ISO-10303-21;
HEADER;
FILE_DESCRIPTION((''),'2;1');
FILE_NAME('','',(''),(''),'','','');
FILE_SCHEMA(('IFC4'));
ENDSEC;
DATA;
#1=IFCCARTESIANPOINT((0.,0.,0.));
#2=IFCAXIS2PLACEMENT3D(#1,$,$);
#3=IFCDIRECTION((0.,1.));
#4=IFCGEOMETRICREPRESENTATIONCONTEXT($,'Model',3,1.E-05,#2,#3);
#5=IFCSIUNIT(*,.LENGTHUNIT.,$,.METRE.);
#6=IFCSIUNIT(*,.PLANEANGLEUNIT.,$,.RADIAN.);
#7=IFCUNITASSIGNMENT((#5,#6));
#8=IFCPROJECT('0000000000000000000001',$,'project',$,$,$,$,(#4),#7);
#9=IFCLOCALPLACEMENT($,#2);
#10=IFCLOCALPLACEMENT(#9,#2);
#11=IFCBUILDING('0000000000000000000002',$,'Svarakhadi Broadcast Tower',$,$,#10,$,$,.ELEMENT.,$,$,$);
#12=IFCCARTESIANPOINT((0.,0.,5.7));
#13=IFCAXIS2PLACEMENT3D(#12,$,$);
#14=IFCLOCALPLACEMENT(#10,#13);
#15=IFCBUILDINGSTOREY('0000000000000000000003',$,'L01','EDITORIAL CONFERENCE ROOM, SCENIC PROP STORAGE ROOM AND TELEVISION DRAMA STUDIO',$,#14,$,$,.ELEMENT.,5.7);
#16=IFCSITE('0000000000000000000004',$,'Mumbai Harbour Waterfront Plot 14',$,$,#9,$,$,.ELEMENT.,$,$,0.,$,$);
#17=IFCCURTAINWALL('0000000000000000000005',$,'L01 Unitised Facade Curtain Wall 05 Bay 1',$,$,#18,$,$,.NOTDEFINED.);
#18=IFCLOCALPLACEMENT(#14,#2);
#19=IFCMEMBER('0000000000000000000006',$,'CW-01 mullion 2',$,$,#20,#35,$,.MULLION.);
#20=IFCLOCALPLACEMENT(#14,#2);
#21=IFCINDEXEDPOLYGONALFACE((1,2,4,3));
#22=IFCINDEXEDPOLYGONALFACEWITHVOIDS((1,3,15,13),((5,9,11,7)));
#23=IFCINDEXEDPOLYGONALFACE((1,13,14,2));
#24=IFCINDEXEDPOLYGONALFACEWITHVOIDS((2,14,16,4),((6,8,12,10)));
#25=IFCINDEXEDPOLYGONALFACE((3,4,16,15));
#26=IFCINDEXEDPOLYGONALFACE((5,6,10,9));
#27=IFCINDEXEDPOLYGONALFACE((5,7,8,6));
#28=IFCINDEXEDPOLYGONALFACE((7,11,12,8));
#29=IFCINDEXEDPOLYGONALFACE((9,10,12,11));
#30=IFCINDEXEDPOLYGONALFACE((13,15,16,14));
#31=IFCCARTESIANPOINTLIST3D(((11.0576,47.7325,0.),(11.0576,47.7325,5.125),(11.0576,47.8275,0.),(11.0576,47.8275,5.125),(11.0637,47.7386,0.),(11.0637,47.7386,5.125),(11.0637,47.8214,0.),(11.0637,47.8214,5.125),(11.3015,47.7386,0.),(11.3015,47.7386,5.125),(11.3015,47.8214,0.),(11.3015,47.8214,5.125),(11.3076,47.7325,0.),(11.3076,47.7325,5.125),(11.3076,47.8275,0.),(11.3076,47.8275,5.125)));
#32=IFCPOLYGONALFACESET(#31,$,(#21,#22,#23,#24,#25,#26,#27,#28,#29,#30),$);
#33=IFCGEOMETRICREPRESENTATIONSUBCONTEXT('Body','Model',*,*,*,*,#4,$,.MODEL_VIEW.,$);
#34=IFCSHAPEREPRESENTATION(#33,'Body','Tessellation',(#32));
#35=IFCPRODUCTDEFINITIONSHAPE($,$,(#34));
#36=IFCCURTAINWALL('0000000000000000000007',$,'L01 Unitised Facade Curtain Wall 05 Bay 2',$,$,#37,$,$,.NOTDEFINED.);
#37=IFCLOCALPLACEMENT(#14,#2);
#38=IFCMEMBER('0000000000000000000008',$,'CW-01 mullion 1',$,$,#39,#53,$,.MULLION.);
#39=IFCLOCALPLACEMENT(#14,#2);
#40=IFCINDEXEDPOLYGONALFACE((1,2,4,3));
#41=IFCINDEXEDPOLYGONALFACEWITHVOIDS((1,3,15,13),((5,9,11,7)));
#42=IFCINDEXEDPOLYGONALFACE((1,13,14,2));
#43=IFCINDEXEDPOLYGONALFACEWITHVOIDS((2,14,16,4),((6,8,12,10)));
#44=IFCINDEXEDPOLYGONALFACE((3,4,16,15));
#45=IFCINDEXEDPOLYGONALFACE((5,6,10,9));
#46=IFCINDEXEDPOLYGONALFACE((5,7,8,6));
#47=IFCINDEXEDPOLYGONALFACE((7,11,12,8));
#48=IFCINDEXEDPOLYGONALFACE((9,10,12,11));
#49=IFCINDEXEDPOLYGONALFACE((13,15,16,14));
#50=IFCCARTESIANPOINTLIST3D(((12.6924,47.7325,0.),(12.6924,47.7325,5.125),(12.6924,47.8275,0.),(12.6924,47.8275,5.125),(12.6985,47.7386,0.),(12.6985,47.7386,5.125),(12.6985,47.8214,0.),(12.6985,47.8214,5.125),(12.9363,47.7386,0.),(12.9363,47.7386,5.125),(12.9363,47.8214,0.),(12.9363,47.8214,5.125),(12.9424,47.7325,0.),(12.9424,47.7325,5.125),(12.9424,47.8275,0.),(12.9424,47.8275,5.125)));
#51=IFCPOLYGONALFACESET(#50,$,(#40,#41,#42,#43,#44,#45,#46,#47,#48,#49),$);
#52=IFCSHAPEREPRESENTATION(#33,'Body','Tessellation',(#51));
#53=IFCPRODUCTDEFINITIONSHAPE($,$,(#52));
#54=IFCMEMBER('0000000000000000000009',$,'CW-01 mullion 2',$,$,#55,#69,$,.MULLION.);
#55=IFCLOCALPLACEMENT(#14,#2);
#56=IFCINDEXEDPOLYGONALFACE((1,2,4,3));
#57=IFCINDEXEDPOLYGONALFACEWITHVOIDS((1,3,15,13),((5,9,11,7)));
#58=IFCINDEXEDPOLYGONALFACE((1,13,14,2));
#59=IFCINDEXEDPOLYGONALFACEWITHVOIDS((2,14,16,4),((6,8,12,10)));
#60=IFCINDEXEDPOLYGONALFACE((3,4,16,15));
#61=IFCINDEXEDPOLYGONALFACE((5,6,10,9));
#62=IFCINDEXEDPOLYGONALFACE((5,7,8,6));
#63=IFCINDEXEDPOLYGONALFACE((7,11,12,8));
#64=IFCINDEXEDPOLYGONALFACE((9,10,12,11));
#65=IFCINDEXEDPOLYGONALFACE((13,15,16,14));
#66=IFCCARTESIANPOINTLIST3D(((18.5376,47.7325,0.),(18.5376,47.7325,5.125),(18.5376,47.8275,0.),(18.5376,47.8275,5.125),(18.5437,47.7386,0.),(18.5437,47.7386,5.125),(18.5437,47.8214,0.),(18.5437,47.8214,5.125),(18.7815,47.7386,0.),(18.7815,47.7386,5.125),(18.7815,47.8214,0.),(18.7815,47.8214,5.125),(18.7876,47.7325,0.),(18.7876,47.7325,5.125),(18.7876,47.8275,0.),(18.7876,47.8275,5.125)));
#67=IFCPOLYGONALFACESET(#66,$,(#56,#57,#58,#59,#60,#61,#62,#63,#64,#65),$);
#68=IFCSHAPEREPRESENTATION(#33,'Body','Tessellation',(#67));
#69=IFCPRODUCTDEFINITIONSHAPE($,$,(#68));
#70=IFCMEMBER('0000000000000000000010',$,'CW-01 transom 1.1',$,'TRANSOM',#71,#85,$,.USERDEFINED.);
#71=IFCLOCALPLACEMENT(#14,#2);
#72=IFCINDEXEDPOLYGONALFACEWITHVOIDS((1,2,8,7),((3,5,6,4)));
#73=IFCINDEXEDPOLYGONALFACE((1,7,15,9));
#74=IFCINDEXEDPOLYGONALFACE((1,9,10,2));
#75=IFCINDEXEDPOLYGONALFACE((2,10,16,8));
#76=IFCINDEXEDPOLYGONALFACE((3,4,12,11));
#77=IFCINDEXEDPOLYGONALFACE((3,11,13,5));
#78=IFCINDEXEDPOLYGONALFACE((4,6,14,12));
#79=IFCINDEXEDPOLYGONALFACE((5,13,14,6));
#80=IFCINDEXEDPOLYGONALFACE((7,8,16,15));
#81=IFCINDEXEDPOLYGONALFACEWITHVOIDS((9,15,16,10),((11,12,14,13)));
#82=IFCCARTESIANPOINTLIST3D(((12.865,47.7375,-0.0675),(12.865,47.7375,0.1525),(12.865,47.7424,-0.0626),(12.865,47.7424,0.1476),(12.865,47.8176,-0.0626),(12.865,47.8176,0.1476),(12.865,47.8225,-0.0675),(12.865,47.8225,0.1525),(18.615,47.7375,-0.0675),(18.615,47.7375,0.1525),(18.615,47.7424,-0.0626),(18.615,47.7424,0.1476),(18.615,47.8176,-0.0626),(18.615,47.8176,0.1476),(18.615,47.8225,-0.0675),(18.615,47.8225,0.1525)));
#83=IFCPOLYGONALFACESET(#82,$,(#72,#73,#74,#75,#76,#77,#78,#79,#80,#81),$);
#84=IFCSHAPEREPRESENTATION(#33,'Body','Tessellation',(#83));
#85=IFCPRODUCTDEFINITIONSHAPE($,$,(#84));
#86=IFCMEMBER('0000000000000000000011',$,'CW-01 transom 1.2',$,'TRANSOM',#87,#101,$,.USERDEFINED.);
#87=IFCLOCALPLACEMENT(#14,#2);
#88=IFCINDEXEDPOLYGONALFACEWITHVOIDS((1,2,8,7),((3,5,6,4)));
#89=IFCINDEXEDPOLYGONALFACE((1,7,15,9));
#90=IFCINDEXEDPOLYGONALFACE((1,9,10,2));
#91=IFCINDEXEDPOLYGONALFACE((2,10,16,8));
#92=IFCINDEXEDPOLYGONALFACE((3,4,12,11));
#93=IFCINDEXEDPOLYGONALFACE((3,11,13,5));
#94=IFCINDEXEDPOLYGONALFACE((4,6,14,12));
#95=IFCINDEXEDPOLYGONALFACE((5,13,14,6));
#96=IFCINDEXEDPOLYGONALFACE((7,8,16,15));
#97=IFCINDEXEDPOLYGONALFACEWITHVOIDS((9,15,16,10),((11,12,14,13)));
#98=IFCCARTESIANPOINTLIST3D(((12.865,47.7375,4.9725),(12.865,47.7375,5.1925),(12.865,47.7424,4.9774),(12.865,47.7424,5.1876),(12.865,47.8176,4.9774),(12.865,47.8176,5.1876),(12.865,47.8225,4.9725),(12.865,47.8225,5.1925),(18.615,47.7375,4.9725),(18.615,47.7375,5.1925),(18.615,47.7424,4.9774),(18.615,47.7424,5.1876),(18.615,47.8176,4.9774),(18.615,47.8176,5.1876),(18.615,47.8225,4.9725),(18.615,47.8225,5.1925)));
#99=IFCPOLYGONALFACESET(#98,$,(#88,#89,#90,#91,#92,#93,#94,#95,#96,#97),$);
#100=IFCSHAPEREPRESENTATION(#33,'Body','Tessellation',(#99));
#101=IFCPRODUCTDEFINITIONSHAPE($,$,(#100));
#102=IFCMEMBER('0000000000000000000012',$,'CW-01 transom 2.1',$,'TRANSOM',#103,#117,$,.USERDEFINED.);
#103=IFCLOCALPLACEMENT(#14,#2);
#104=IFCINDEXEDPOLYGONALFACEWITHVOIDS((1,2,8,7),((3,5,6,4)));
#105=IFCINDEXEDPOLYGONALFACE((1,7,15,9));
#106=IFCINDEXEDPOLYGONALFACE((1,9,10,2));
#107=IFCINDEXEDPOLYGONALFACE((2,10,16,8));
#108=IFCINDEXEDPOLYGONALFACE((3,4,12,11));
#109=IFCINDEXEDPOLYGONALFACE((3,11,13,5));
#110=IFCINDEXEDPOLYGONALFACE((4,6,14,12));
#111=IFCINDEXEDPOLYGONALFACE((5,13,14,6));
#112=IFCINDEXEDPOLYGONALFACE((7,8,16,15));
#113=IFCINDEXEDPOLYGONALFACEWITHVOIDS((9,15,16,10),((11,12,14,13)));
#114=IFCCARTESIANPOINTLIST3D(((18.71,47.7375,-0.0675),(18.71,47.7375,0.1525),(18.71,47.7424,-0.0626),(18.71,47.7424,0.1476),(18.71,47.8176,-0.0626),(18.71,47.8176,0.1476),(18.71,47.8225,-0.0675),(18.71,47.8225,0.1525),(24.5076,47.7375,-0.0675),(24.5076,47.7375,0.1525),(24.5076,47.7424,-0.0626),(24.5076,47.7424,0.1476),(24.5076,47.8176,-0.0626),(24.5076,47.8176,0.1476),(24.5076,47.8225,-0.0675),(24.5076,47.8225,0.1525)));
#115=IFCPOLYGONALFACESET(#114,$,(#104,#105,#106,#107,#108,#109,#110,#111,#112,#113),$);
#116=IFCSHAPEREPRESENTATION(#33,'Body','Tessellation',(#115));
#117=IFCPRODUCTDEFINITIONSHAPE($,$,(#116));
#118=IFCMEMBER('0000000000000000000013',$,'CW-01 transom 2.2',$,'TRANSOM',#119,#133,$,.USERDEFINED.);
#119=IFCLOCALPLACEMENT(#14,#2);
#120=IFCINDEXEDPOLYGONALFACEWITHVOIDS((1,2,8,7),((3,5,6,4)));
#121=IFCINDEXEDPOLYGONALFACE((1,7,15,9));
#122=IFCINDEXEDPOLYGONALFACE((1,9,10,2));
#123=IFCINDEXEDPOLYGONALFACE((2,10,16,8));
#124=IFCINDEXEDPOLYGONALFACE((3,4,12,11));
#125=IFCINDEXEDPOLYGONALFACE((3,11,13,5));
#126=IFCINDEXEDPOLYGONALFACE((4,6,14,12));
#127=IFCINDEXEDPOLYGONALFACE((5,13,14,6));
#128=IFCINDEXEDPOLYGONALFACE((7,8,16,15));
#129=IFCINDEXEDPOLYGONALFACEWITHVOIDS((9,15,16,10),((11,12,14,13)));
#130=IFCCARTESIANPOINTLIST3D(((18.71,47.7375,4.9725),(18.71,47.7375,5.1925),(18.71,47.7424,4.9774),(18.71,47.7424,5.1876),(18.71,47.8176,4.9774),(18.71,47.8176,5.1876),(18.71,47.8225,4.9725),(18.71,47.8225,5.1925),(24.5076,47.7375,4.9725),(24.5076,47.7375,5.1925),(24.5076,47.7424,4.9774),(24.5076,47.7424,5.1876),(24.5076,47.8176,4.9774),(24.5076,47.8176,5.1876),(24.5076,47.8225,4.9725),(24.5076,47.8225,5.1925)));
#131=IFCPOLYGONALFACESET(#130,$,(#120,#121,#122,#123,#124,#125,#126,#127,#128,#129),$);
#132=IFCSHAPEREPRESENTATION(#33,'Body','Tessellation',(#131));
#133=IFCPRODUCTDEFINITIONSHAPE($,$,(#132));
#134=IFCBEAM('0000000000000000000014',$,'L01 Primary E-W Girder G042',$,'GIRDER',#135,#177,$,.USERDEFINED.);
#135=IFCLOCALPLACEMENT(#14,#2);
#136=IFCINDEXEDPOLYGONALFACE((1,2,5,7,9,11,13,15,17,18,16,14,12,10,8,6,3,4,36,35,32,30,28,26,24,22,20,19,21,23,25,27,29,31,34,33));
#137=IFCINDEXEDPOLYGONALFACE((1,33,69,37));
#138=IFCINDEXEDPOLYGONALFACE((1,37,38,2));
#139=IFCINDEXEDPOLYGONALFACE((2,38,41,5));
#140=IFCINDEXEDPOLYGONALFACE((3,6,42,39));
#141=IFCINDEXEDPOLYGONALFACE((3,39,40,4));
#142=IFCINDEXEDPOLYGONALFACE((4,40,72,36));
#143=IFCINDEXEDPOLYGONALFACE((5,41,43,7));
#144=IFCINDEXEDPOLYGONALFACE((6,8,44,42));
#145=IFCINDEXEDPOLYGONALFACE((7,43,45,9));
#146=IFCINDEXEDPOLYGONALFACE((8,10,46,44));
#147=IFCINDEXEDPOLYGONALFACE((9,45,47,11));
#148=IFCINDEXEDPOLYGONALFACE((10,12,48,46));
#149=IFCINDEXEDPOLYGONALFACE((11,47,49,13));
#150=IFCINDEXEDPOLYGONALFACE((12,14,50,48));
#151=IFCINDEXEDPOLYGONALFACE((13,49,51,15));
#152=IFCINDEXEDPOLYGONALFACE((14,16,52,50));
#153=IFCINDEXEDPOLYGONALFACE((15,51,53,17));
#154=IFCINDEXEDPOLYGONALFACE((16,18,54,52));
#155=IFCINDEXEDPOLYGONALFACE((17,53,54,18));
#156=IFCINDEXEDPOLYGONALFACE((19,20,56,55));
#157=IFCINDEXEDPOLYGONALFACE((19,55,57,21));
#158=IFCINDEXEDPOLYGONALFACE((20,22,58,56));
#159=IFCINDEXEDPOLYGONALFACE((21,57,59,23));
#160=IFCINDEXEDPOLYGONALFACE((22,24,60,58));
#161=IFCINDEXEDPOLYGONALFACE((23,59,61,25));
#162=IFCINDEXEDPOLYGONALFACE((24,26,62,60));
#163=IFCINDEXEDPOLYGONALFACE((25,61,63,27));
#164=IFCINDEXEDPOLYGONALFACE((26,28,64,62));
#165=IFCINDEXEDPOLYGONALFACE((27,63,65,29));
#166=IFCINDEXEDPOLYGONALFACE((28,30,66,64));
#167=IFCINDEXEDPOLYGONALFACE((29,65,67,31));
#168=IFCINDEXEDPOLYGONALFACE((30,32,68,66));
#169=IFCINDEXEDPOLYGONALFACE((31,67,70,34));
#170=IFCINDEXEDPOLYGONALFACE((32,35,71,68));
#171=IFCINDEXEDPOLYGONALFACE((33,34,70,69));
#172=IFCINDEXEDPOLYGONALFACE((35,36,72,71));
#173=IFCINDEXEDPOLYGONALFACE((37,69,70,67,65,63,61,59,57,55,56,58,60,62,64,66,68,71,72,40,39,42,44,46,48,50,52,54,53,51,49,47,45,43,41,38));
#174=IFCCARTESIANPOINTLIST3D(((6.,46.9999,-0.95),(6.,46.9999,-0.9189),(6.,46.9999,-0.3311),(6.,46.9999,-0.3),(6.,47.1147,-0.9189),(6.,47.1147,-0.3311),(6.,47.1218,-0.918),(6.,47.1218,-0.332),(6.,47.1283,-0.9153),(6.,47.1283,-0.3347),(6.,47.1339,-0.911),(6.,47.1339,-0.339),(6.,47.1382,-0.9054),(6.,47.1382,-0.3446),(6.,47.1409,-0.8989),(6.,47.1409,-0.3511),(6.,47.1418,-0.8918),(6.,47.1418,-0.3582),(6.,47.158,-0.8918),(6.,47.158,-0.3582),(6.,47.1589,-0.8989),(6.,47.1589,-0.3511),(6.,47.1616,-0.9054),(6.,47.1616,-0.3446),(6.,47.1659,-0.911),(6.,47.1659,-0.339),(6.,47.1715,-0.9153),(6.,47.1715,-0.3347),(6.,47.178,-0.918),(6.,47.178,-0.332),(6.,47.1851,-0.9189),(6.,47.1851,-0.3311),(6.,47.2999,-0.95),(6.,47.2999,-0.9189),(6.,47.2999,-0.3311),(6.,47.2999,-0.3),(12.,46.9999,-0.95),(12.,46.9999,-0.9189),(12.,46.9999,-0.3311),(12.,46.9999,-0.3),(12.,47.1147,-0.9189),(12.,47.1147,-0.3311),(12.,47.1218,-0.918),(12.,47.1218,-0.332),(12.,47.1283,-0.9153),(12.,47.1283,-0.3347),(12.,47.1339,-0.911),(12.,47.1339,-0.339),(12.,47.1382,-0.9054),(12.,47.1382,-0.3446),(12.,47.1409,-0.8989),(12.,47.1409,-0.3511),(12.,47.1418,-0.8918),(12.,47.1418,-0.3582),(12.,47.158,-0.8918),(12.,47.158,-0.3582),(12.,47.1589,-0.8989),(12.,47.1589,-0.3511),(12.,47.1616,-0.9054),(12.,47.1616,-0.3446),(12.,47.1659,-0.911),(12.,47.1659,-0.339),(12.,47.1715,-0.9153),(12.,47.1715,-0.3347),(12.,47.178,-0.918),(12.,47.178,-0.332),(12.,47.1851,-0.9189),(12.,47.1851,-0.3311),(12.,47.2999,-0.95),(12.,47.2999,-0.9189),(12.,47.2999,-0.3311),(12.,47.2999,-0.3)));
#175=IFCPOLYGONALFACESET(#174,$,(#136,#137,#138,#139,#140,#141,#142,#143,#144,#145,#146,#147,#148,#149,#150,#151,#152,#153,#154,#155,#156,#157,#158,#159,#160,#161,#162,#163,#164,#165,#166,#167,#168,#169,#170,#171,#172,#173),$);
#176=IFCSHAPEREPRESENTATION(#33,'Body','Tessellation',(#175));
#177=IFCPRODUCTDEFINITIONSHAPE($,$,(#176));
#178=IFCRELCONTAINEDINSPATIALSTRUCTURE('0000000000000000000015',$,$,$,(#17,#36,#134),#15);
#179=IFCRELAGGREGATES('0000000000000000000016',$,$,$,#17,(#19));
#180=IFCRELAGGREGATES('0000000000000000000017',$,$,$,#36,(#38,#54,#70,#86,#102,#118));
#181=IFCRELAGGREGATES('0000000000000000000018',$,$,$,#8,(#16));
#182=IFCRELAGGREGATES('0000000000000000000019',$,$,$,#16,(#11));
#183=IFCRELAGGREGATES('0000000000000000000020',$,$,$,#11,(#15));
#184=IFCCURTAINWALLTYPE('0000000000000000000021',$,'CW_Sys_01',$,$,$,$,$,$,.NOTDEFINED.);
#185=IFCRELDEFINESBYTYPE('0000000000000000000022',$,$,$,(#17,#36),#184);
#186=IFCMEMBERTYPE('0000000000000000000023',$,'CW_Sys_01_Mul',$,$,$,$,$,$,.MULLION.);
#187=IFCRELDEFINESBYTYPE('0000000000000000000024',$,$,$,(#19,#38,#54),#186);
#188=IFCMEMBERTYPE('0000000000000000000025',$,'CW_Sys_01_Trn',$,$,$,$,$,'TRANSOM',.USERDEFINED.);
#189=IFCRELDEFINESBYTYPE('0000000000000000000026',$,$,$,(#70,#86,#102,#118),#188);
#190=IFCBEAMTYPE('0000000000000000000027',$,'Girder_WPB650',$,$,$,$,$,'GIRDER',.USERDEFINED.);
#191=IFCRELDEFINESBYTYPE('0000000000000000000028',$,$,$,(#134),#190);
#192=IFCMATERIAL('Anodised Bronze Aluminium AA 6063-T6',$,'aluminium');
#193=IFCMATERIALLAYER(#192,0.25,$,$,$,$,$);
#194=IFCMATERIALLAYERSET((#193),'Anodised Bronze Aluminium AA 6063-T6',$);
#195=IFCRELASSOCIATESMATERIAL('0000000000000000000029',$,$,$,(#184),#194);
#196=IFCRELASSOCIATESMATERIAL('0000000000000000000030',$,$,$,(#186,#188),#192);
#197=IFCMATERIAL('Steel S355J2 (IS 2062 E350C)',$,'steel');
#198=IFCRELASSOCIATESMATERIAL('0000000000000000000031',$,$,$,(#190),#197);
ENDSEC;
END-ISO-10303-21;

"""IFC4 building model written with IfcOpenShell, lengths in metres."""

from ifc_helpers import new_model, si_unit, direction, frame, origin, origin_2d, place, context, subcontext, project, spatial, hollow_rectangle, i_section, extrude, material, layer, layer_set, material_profile, profile_set, type_object, element, aggregate, save


model = new_model("IFC4")

# Units and contexts
model_context = context("Model", 3, precision=1e-05, world=origin(), true_north=direction((0.0, 1.0)))
body_context = subcontext(model_context, "Body", "Model", "MODEL_VIEW")
ifc_project = project(units=[si_unit("LENGTHUNIT", "METRE"), si_unit("PLANEANGLEUNIT", "RADIAN")], contexts=[model_context])

# Site, building, storey
site_placement = place(None, origin())
site = spatial("IfcSite", under=ifc_project, at=site_placement, Name="Mumbai Harbour Waterfront Plot 14", CompositionType="ELEMENT", RefElevation=0.0)
building_placement = place(site_placement, origin())
building = spatial("IfcBuilding", under=site, at=building_placement, Name="Svarakhadi Broadcast Tower", CompositionType="ELEMENT")
storey_placement = place(building_placement, frame((0.0, 0.0, 5.7)))
storey = spatial("IfcBuildingStorey", under=building, at=storey_placement, Name="L01", Description="EDITORIAL CONFERENCE ROOM, SCENIC PROP STORAGE ROOM AND TELEVISION DRAMA STUDIO", CompositionType="ELEMENT", Elevation=5.7)

# Shared definitions
ifc_material_1 = material(Name="Steel S355J2 (IS 2062 E350C)", Category="steel")

# Curtain wall, member
ifc_material_2 = material(Name="Anodised Bronze Aluminium AA 6063-T6", Category="aluminium")
ifc_layer_1 = layer(ifc_material_2, 0.25)
ifc_layer_set_1 = layer_set([ifc_layer_1], Name="Anodised Bronze Aluminium AA 6063-T6")
curtain_wall_type = type_object("IfcCurtainWallType", Name="CW_Sys_01", PredefinedType="NOTDEFINED", material=ifc_layer_set_1)
curtain_wall_1_placement = place(storey_placement, origin())
curtain_wall_1 = element("IfcCurtainWall", 1, at=curtain_wall_1_placement, inside=storey, type_object=curtain_wall_type, Name="L01 Unitised Facade Curtain Wall 05 Bay 1", PredefinedType="NOTDEFINED")
ifc_material_profile_1 = material_profile(ifc_material_2, hollow_rectangle(XDim=0.095, YDim=0.25, WallThickness=0.0061, at=origin_2d()), Name="ALU MULLION 250x95x6")
ifc_profile_set_1 = profile_set([ifc_material_profile_1], Name="Anodised Bronze Aluminium AA 6063-T6")
member_type_1 = type_object("IfcMemberType", Name="CW_Sys_01_Mul", PredefinedType="MULLION", material=ifc_profile_set_1)
member_1_placement = place(storey_placement, frame((11.1826, 47.78, 0.0), z_axis=(0.0, 0.0, 1.0), x_axis=(0.0, 1.0, 0.0)))
member_1 = element("IfcMember", 2, at=member_1_placement, type_object=member_type_1, Name="CW-01 mullion 2", PredefinedType="MULLION", context=body_context, shape_type="SweptSolid", body=[
    extrude(hollow_rectangle(XDim=0.095, YDim=0.25, WallThickness=0.0061, at=origin_2d()), origin(), (0.0, 0.0, 1.0), 5.125),
])

# Curtain wall, members
curtain_wall_2_placement = place(storey_placement, origin())
curtain_wall_2 = element("IfcCurtainWall", 3, at=curtain_wall_2_placement, inside=storey, type_object=curtain_wall_type, Name="L01 Unitised Facade Curtain Wall 05 Bay 2", PredefinedType="NOTDEFINED")
member_2_placement = place(storey_placement, frame((12.8174, 47.78, 0.0), z_axis=(0.0, 0.0, 1.0), x_axis=(0.0, 1.0, 0.0)))
member_2 = element("IfcMember", 4, at=member_2_placement, type_object=member_type_1, Name="CW-01 mullion 1", PredefinedType="MULLION", context=body_context, shape_type="SweptSolid", body=[
    extrude(hollow_rectangle(XDim=0.095, YDim=0.25, WallThickness=0.0061, at=origin_2d()), origin(), (0.0, 0.0, 1.0), 5.125),
])
member_3_placement = place(storey_placement, frame((18.6626, 47.78, 0.0), z_axis=(0.0, 0.0, 1.0), x_axis=(0.0, 1.0, 0.0)))
member_3 = element("IfcMember", 5, at=member_3_placement, type_object=member_type_1, Name="CW-01 mullion 2", PredefinedType="MULLION", context=body_context, shape_type="SweptSolid", body=[
    extrude(hollow_rectangle(XDim=0.095, YDim=0.25, WallThickness=0.0061, at=origin_2d()), origin(), (0.0, 0.0, 1.0), 5.125),
])
ifc_material_profile_2 = material_profile(ifc_material_2, hollow_rectangle(XDim=0.085, YDim=0.22, WallThickness=0.0049, at=origin_2d()), Name="ALU TRANSOM 220x85x5")
ifc_profile_set_2 = profile_set([ifc_material_profile_2], Name="Anodised Bronze Aluminium AA 6063-T6")
member_type_2 = type_object("IfcMemberType", Name="CW_Sys_01_Trn", ElementType="TRANSOM", PredefinedType="USERDEFINED", material=ifc_profile_set_2)
member_4_placement = place(storey_placement, frame((12.865, 47.78, 0.0425), z_axis=(1.0, 0.0, 0.0), x_axis=(0.0, 1.0, 0.0)))
member_4 = element("IfcMember", 6, at=member_4_placement, type_object=member_type_2, Name="CW-01 transom 1.1", ObjectType="TRANSOM", PredefinedType="USERDEFINED", context=body_context, shape_type="SweptSolid", body=[
    extrude(hollow_rectangle(XDim=0.085, YDim=0.22, WallThickness=0.0049, at=origin_2d()), origin(), (0.0, 0.0, 1.0), 5.75),
])
member_5_placement = place(storey_placement, frame((12.865, 47.78, 5.0825), z_axis=(1.0, 0.0, 0.0), x_axis=(0.0, 1.0, 0.0)))
member_5 = element("IfcMember", 7, at=member_5_placement, type_object=member_type_2, Name="CW-01 transom 1.2", ObjectType="TRANSOM", PredefinedType="USERDEFINED", context=body_context, shape_type="SweptSolid", body=[
    extrude(hollow_rectangle(XDim=0.085, YDim=0.22, WallThickness=0.0049, at=origin_2d()), origin(), (0.0, 0.0, 1.0), 5.75),
])
member_6_placement = place(storey_placement, frame((18.71, 47.78, 0.0425), z_axis=(1.0, 0.0, 0.0), x_axis=(0.0, 1.0, 0.0)))
member_6 = element("IfcMember", 8, at=member_6_placement, type_object=member_type_2, Name="CW-01 transom 2.1", ObjectType="TRANSOM", PredefinedType="USERDEFINED", context=body_context, shape_type="SweptSolid", body=[
    extrude(hollow_rectangle(XDim=0.085, YDim=0.22, WallThickness=0.0049, at=origin_2d()), origin(), (0.0, 0.0, 1.0), 5.7976),
])
member_7_placement = place(storey_placement, frame((18.71, 47.78, 5.0825), z_axis=(1.0, 0.0, 0.0), x_axis=(0.0, 1.0, 0.0)))
member_7 = element("IfcMember", 9, at=member_7_placement, type_object=member_type_2, Name="CW-01 transom 2.2", ObjectType="TRANSOM", PredefinedType="USERDEFINED", context=body_context, shape_type="SweptSolid", body=[
    extrude(hollow_rectangle(XDim=0.085, YDim=0.22, WallThickness=0.0049, at=origin_2d()), origin(), (0.0, 0.0, 1.0), 5.7976),
])

# Beam
ifc_material_profile_3 = material_profile(ifc_material_1, i_section(OverallWidth=0.3, OverallDepth=0.6499, WebThickness=0.0161, FlangeThickness=0.031, FilletRadius=0.0271, at=origin_2d()), Name="WPB 650x300x225")
ifc_profile_set_3 = profile_set([ifc_material_profile_3], Name="Steel S355J2 (IS 2062 E350C)")
beam_type_1 = type_object("IfcBeamType", Name="Girder_WPB650", ElementType="GIRDER", PredefinedType="USERDEFINED", material=ifc_profile_set_3)
for number, where, z_axis, x_axis, name in (
    (10, (6.0, 47.1499, -0.625), (1.0, 0.0, 0.0), (0.0, 1.0, 0.0), "L01 Primary E-W Girder G042"),
):
    element("IfcBeam", number, at=place(storey_placement, frame(where, z_axis=z_axis, x_axis=x_axis)), inside=storey, type_object=beam_type_1, Name=name, ObjectType="GIRDER", PredefinedType="USERDEFINED", context=body_context, shape_type="SweptSolid", body=[
        extrude(i_section(OverallWidth=0.3, OverallDepth=0.6499, WebThickness=0.0161, FlangeThickness=0.031, FilletRadius=0.0271, at=origin_2d()), origin(), (0.0, 0.0, 1.0), 6.0),
    ])

aggregate(curtain_wall_1, [member_1])
aggregate(curtain_wall_2, [member_2, member_3, member_4, member_5, member_6, member_7])

save(model, "model.ifc")
